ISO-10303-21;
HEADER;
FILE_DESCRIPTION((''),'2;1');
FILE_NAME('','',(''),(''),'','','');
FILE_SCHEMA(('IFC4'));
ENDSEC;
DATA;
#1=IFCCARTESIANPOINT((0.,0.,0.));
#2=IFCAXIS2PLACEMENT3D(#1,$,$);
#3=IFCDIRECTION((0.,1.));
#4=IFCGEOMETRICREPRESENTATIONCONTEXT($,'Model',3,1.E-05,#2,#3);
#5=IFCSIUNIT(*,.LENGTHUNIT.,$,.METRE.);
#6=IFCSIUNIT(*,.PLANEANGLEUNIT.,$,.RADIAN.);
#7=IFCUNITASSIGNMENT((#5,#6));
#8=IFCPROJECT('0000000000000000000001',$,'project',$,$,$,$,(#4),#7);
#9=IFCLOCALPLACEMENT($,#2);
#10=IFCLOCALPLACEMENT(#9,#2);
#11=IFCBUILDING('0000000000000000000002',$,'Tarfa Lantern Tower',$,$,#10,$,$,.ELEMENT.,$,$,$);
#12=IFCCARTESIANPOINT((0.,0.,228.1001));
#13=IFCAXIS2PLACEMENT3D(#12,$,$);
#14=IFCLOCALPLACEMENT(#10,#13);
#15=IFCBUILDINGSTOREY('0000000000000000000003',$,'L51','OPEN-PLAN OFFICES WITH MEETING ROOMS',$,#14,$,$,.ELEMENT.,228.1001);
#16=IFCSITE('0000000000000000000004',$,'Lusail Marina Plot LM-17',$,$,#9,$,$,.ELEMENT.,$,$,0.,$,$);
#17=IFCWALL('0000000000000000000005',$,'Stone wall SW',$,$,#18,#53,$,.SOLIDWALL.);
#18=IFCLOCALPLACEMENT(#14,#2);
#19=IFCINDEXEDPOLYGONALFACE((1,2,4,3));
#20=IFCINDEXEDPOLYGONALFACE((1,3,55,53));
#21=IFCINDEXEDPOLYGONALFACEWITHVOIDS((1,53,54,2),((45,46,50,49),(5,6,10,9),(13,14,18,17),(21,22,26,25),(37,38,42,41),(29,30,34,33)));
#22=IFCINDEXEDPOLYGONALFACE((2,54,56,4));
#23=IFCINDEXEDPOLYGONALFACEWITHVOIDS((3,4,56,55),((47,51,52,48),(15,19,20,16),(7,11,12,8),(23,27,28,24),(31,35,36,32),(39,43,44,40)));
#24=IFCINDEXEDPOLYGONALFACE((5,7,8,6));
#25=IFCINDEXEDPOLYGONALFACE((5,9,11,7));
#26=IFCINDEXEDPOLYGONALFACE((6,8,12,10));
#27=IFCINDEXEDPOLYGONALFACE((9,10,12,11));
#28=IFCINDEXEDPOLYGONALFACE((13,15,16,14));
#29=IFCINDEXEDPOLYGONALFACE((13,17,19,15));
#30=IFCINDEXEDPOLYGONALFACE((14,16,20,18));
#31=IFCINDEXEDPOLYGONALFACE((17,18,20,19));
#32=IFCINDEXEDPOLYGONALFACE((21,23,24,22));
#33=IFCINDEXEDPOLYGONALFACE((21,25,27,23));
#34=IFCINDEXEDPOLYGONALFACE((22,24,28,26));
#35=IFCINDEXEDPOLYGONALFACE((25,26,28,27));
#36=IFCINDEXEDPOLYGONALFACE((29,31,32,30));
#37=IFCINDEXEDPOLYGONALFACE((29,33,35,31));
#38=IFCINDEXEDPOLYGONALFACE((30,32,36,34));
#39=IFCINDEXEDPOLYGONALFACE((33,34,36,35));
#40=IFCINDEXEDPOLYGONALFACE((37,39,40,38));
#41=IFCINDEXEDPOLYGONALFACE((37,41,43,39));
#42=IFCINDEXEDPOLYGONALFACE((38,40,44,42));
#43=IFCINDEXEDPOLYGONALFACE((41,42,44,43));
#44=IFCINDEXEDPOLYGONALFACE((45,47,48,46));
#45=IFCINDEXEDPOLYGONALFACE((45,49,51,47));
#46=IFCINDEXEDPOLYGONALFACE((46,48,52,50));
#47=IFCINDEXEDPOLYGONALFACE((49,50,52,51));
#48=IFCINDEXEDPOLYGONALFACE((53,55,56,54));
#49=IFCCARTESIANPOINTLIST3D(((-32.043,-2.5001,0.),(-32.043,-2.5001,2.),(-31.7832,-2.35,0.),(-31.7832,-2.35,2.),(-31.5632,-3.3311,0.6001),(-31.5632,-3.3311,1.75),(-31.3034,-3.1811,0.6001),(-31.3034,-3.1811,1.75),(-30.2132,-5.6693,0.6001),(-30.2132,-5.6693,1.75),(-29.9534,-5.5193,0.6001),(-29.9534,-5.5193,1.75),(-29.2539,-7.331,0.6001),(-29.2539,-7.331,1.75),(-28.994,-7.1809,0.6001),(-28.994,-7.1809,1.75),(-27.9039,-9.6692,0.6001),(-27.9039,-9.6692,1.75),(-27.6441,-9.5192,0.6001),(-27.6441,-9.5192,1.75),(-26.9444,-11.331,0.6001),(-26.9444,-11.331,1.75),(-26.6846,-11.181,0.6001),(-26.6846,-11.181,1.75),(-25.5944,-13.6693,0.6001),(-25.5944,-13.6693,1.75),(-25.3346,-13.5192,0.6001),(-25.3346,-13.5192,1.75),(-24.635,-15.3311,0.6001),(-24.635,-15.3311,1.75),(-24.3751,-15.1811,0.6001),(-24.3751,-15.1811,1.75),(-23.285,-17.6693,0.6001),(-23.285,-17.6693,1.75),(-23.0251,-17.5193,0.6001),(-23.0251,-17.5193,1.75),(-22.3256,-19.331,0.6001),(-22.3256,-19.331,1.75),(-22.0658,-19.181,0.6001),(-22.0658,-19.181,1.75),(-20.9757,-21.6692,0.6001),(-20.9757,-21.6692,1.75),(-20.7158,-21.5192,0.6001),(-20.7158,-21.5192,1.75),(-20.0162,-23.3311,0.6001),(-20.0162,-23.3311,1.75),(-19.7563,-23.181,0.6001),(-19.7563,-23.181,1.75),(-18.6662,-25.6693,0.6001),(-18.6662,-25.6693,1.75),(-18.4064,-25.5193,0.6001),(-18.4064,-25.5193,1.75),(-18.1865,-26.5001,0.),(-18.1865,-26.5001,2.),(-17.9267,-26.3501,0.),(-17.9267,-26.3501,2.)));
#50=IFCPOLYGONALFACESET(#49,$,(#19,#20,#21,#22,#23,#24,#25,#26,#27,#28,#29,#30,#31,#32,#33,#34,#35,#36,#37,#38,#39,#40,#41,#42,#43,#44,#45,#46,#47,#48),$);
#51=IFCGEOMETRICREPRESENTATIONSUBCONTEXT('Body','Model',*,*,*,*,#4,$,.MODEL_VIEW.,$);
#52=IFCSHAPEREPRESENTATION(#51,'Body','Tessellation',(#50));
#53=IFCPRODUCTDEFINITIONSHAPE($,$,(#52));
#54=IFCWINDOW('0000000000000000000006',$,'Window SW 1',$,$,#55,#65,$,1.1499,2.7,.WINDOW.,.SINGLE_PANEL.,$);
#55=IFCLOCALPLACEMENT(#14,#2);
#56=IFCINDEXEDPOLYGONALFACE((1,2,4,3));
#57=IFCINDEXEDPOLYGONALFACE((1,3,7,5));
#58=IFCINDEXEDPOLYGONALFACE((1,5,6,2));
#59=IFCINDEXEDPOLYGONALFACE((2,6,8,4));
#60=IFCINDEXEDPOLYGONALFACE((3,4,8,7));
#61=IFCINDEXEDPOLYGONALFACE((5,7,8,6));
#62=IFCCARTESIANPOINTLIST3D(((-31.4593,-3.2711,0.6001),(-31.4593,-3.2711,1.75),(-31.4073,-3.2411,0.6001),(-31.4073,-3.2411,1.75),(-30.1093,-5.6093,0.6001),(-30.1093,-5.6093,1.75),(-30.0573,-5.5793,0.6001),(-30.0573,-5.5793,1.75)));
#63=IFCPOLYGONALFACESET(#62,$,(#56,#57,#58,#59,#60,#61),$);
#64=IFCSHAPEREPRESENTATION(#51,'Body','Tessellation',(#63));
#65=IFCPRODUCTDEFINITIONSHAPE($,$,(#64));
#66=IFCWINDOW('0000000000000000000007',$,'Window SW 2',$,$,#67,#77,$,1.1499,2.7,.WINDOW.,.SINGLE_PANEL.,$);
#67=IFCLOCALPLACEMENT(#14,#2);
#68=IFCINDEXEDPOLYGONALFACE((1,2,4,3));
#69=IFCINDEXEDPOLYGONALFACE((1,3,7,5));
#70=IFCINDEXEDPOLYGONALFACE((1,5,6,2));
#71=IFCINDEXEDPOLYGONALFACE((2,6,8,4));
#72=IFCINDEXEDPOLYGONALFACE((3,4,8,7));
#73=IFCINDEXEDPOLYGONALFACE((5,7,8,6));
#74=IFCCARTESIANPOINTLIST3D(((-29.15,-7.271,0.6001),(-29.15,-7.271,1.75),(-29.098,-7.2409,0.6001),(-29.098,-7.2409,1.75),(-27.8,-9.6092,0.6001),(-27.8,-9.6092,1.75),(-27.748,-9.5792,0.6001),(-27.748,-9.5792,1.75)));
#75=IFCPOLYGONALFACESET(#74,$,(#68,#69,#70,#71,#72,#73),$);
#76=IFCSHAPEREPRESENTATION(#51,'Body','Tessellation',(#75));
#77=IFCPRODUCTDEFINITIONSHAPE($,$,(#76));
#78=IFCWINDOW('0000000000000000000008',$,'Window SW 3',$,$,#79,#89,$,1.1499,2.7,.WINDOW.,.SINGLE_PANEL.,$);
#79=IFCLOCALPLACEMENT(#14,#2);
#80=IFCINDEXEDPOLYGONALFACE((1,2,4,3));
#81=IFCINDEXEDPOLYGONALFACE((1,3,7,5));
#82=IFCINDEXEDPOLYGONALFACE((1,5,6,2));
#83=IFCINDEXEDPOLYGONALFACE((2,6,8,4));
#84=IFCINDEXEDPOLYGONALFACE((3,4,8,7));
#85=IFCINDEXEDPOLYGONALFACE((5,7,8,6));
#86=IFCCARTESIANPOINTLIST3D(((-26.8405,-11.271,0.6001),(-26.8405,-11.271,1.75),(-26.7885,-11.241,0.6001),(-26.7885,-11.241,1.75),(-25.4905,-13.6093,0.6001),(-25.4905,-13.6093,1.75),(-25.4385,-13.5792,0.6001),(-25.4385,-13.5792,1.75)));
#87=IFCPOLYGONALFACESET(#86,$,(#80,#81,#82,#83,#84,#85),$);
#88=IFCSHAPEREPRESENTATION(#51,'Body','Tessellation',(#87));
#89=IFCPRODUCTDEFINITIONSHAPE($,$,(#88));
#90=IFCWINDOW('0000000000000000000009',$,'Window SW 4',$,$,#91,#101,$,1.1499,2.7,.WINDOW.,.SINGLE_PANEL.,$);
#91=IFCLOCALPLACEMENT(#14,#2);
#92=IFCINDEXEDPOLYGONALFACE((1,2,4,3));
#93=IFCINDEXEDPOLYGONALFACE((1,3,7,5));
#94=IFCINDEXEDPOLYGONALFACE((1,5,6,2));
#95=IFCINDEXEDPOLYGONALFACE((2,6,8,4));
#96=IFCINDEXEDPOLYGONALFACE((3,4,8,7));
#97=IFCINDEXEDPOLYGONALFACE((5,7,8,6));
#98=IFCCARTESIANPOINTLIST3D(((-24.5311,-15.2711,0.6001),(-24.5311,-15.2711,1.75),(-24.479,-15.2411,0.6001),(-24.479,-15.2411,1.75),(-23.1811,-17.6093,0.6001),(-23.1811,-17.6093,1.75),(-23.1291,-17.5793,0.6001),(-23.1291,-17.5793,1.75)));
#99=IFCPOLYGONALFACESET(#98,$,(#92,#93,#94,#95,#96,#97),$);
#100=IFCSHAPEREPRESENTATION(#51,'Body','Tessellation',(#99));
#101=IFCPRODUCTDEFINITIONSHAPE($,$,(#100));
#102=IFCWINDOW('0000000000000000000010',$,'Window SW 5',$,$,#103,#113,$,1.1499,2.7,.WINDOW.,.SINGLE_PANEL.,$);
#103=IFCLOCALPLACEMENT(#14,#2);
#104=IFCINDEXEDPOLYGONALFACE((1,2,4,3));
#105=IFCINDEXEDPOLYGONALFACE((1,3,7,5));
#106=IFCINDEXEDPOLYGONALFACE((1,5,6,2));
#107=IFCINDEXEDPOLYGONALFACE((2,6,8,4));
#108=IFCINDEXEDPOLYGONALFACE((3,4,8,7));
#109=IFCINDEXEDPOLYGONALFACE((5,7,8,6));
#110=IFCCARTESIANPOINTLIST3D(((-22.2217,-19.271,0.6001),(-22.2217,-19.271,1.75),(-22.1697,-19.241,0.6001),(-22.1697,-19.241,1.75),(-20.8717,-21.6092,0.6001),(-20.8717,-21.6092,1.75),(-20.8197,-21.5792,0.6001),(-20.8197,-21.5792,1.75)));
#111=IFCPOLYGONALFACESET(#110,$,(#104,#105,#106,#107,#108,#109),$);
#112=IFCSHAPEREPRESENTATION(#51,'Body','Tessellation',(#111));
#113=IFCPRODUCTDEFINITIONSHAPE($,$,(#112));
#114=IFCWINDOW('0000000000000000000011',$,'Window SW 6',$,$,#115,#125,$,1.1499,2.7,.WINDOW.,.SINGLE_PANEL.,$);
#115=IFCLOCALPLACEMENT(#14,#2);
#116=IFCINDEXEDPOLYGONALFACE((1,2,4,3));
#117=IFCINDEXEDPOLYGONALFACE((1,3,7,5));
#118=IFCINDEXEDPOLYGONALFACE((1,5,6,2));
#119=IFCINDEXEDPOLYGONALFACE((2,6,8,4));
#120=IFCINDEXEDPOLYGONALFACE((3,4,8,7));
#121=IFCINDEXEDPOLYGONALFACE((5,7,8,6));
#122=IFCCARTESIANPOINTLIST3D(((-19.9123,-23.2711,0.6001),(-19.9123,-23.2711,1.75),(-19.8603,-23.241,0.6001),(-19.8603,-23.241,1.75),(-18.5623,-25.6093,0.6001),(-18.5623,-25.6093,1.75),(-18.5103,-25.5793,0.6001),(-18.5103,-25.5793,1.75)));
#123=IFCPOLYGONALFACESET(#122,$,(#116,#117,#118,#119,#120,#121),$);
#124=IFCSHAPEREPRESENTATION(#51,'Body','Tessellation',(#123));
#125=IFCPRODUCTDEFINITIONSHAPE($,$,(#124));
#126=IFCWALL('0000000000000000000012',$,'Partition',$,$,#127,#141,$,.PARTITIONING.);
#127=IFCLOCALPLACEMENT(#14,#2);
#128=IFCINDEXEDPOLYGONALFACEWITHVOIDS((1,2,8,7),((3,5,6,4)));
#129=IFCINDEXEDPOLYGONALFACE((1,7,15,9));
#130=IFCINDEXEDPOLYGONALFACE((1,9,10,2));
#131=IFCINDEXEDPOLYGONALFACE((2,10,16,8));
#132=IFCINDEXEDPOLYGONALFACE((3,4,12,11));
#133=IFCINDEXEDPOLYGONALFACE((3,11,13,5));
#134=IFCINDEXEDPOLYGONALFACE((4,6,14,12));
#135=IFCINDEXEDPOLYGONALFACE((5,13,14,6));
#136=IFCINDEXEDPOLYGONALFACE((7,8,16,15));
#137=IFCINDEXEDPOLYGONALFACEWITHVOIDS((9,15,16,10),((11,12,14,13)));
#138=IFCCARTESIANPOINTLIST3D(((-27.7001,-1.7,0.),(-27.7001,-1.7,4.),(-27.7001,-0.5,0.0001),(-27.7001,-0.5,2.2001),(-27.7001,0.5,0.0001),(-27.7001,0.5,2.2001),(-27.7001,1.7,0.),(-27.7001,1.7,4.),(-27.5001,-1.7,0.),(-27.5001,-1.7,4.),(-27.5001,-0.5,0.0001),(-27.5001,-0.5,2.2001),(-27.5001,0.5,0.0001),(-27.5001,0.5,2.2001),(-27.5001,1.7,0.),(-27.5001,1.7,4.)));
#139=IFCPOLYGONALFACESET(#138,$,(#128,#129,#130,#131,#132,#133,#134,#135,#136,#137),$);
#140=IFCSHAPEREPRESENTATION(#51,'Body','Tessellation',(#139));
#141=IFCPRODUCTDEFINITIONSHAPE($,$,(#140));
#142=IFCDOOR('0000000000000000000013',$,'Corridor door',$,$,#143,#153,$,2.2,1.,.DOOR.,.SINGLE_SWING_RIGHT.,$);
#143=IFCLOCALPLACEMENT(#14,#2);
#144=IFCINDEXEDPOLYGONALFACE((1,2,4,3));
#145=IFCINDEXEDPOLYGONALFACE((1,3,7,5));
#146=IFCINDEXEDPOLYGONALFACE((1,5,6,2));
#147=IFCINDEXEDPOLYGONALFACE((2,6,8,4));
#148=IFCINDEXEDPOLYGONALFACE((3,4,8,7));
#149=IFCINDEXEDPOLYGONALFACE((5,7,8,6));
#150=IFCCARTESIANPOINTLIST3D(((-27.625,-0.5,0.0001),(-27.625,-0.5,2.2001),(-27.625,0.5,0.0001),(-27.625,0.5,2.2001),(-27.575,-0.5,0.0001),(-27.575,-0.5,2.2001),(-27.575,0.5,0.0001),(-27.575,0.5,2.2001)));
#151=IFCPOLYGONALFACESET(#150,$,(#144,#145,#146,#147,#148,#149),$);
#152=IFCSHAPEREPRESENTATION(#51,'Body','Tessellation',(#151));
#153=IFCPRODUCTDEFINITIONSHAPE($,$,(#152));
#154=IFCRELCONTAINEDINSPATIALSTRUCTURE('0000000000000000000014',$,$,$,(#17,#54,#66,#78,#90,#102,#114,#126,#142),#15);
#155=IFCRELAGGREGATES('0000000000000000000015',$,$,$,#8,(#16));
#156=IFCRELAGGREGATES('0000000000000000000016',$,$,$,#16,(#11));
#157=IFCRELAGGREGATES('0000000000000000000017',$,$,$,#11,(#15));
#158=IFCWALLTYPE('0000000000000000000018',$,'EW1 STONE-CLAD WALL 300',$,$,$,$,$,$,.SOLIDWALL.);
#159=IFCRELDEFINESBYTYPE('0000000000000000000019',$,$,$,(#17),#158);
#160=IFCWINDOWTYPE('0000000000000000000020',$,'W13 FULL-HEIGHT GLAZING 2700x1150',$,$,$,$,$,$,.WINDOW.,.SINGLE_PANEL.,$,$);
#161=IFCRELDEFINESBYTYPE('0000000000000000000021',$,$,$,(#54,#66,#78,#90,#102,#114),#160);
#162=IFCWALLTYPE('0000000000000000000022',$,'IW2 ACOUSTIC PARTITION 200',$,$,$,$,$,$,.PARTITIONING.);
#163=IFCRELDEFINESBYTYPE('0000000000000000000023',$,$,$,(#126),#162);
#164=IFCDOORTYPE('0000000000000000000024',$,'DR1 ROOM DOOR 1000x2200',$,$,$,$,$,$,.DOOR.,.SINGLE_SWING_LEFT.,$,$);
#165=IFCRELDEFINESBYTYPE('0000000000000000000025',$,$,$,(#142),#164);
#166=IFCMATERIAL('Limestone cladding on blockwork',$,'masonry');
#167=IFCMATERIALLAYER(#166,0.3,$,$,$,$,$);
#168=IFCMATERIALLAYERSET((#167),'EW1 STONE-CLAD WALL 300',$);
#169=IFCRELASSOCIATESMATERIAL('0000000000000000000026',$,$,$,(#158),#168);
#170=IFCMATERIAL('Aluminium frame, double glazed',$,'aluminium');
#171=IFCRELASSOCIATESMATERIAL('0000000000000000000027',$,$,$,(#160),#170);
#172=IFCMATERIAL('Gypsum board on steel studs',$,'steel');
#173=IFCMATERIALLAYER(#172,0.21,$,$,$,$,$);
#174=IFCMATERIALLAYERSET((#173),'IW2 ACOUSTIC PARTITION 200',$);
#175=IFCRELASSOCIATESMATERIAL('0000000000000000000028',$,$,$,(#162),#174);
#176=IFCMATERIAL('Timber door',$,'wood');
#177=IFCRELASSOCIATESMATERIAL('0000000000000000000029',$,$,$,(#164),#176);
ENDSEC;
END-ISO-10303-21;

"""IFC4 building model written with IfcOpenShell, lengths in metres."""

from ifc_helpers import new_model, si_unit, direction, frame, frame_2d, origin, place, context, subcontext, project, spatial, rectangle, extrude, material, layer, layer_set, type_object, element, fill, save


model = new_model("IFC4")

# Units and contexts
model_context = context("Model", 3, precision=1e-05, world=origin(), true_north=direction((0.0, 1.0)))
body_context = subcontext(model_context, "Body", "Model", "MODEL_VIEW")
ifc_project = project(units=[si_unit("LENGTHUNIT", "METRE"), si_unit("PLANEANGLEUNIT", "RADIAN")], contexts=[model_context])

# Site, building, storey
site_placement = place(None, origin())
site = spatial("IfcSite", under=ifc_project, at=site_placement, Name="Lusail Marina Plot LM-17", CompositionType="ELEMENT", RefElevation=0.0)
building_placement = place(site_placement, origin())
building = spatial("IfcBuilding", under=site, at=building_placement, Name="Tarfa Lantern Tower", CompositionType="ELEMENT")
storey_placement = place(building_placement, frame((0.0, 0.0, 228.1001)))
storey = spatial("IfcBuildingStorey", under=building, at=storey_placement, Name="L51", Description="OPEN-PLAN OFFICES WITH MEETING ROOMS", CompositionType="ELEMENT", Elevation=228.1001)

# Wall, openings, windows
ifc_material_1 = material(Name="Limestone cladding on blockwork", Category="masonry")
ifc_layer_1 = layer(ifc_material_1, 0.3)
ifc_layer_set_1 = layer_set([ifc_layer_1], Name="EW1 STONE-CLAD WALL 300")
wall_type_1 = type_object("IfcWallType", Name="EW1 STONE-CLAD WALL 300", PredefinedType="SOLIDWALL", material=ifc_layer_set_1)
wall_1_placement = place(storey_placement, frame((-31.9131, -2.425, 0.0), z_axis=(0.0, 0.0, 1.0), x_axis=(0.500001, -0.866025, 0.0)))
wall_1 = element("IfcWall", 1, at=wall_1_placement, inside=storey, type_object=wall_type_1, Name="Stone wall SW", PredefinedType="SOLIDWALL", context=body_context, shape_type="SweptSolid", body=[
    extrude(rectangle(XDim=27.7129, YDim=0.3, at=frame_2d((13.8564, 0.0))), origin(), (0.0, 0.0, 1.0), 2.0),
])
opening_1_placement = place(wall_1_placement, frame((0.9595, 0.0, 0.6001)))
opening_1 = element("IfcOpeningElement", 2, at=opening_1_placement, cuts=wall_1, PredefinedType="OPENING", context=body_context, shape_type="SweptSolid", body=[
    extrude(rectangle(XDim=2.7, YDim=1.1499, at=frame_2d((1.3501, 0.575))), frame((0.0, 0.1599, 0.0), z_axis=(0.0, -1.0, 0.0), x_axis=(1.0, 0.0, 0.0)), (0.0, 0.0, 1.0), 0.3201),
])
opening_2_placement = place(wall_1_placement, frame((5.5781, 0.0, 0.6001)))
opening_2 = element("IfcOpeningElement", 3, at=opening_2_placement, cuts=wall_1, PredefinedType="OPENING", context=body_context, shape_type="SweptSolid", body=[
    extrude(rectangle(XDim=2.7, YDim=1.1499, at=frame_2d((1.3501, 0.575))), frame((0.0, 0.1599, 0.0), z_axis=(0.0, -1.0, 0.0), x_axis=(1.0, 0.0, 0.0)), (0.0, 0.0, 1.0), 0.3201),
])
opening_3_placement = place(wall_1_placement, frame((10.197, 0.0, 0.6001)))
opening_3 = element("IfcOpeningElement", 4, at=opening_3_placement, cuts=wall_1, PredefinedType="OPENING", context=body_context, shape_type="SweptSolid", body=[
    extrude(rectangle(XDim=2.7, YDim=1.1499, at=frame_2d((1.3501, 0.575))), frame((0.0, 0.1599, 0.0), z_axis=(0.0, -1.0, 0.0), x_axis=(1.0, 0.0, 0.0)), (0.0, 0.0, 1.0), 0.3201),
])
opening_4_placement = place(wall_1_placement, frame((14.8159, 0.0, 0.6001)))
opening_4 = element("IfcOpeningElement", 5, at=opening_4_placement, cuts=wall_1, PredefinedType="OPENING", context=body_context, shape_type="SweptSolid", body=[
    extrude(rectangle(XDim=2.7, YDim=1.1499, at=frame_2d((1.3501, 0.575))), frame((0.0, 0.1599, 0.0), z_axis=(0.0, -1.0, 0.0), x_axis=(1.0, 0.0, 0.0)), (0.0, 0.0, 1.0), 0.3201),
])
opening_5_placement = place(wall_1_placement, frame((19.4346, 0.0, 0.6001)))
opening_5 = element("IfcOpeningElement", 6, at=opening_5_placement, cuts=wall_1, PredefinedType="OPENING", context=body_context, shape_type="SweptSolid", body=[
    extrude(rectangle(XDim=2.7, YDim=1.1499, at=frame_2d((1.3501, 0.575))), frame((0.0, 0.1599, 0.0), z_axis=(0.0, -1.0, 0.0), x_axis=(1.0, 0.0, 0.0)), (0.0, 0.0, 1.0), 0.3201),
])
opening_6_placement = place(wall_1_placement, frame((24.0535, 0.0, 0.6001)))
opening_6 = element("IfcOpeningElement", 7, at=opening_6_placement, cuts=wall_1, PredefinedType="OPENING", context=body_context, shape_type="SweptSolid", body=[
    extrude(rectangle(XDim=2.7, YDim=1.1499, at=frame_2d((1.3501, 0.575))), frame((0.0, 0.1599, 0.0), z_axis=(0.0, -1.0, 0.0), x_axis=(1.0, 0.0, 0.0)), (0.0, 0.0, 1.0), 0.3201),
])
ifc_material_2 = material(Name="Aluminium frame, double glazed", Category="aluminium")
window_type = type_object("IfcWindowType", Name="W13 FULL-HEIGHT GLAZING 2700x1150", PartitioningType="SINGLE_PANEL", PredefinedType="WINDOW", material=ifc_material_2)
window_1_placement = place(opening_1_placement, origin())
window_1 = element("IfcWindow", 8, at=window_1_placement, inside=storey, type_object=window_type, Name="Window SW 1", OverallHeight=1.1499, OverallWidth=2.7, PartitioningType="SINGLE_PANEL", PredefinedType="WINDOW", context=body_context, shape_type="SweptSolid", body=[
    extrude(rectangle(XDim=2.7, YDim=1.1499, at=frame_2d((1.3501, 0.575))), frame((0.0, 0.03, 0.0), z_axis=(0.0, -1.0, 0.0), x_axis=(1.0, 0.0, 0.0)), (0.0, 0.0, 1.0), 0.0601),
])
fill(opening_1, window_1)
window_2_placement = place(opening_2_placement, origin())
window_2 = element("IfcWindow", 9, at=window_2_placement, inside=storey, type_object=window_type, Name="Window SW 2", OverallHeight=1.1499, OverallWidth=2.7, PartitioningType="SINGLE_PANEL", PredefinedType="WINDOW", context=body_context, shape_type="SweptSolid", body=[
    extrude(rectangle(XDim=2.7, YDim=1.1499, at=frame_2d((1.3501, 0.575))), frame((0.0, 0.03, 0.0), z_axis=(0.0, -1.0, 0.0), x_axis=(1.0, 0.0, 0.0)), (0.0, 0.0, 1.0), 0.0601),
])
fill(opening_2, window_2)
window_3_placement = place(opening_3_placement, origin())
window_3 = element("IfcWindow", 10, at=window_3_placement, inside=storey, type_object=window_type, Name="Window SW 3", OverallHeight=1.1499, OverallWidth=2.7, PartitioningType="SINGLE_PANEL", PredefinedType="WINDOW", context=body_context, shape_type="SweptSolid", body=[
    extrude(rectangle(XDim=2.7, YDim=1.1499, at=frame_2d((1.3501, 0.575))), frame((0.0, 0.03, 0.0), z_axis=(0.0, -1.0, 0.0), x_axis=(1.0, 0.0, 0.0)), (0.0, 0.0, 1.0), 0.0601),
])
fill(opening_3, window_3)
window_4_placement = place(opening_4_placement, origin())
window_4 = element("IfcWindow", 11, at=window_4_placement, inside=storey, type_object=window_type, Name="Window SW 4", OverallHeight=1.1499, OverallWidth=2.7, PartitioningType="SINGLE_PANEL", PredefinedType="WINDOW", context=body_context, shape_type="SweptSolid", body=[
    extrude(rectangle(XDim=2.7, YDim=1.1499, at=frame_2d((1.3501, 0.575))), frame((0.0, 0.03, 0.0), z_axis=(0.0, -1.0, 0.0), x_axis=(1.0, 0.0, 0.0)), (0.0, 0.0, 1.0), 0.0601),
])
fill(opening_4, window_4)
window_5_placement = place(opening_5_placement, origin())
window_5 = element("IfcWindow", 12, at=window_5_placement, inside=storey, type_object=window_type, Name="Window SW 5", OverallHeight=1.1499, OverallWidth=2.7, PartitioningType="SINGLE_PANEL", PredefinedType="WINDOW", context=body_context, shape_type="SweptSolid", body=[
    extrude(rectangle(XDim=2.7, YDim=1.1499, at=frame_2d((1.3501, 0.575))), frame((0.0, 0.03, 0.0), z_axis=(0.0, -1.0, 0.0), x_axis=(1.0, 0.0, 0.0)), (0.0, 0.0, 1.0), 0.0601),
])
fill(opening_5, window_5)
window_6_placement = place(opening_6_placement, origin())
window_6 = element("IfcWindow", 13, at=window_6_placement, inside=storey, type_object=window_type, Name="Window SW 6", OverallHeight=1.1499, OverallWidth=2.7, PartitioningType="SINGLE_PANEL", PredefinedType="WINDOW", context=body_context, shape_type="SweptSolid", body=[
    extrude(rectangle(XDim=2.7, YDim=1.1499, at=frame_2d((1.3501, 0.575))), frame((0.0, 0.03, 0.0), z_axis=(0.0, -1.0, 0.0), x_axis=(1.0, 0.0, 0.0)), (0.0, 0.0, 1.0), 0.0601),
])
fill(opening_6, window_6)

# Wall, opening, door
ifc_material_3 = material(Name="Gypsum board on steel studs", Category="steel")
ifc_layer_2 = layer(ifc_material_3, 0.21)
ifc_layer_set_2 = layer_set([ifc_layer_2], Name="IW2 ACOUSTIC PARTITION 200")
wall_type_2 = type_object("IfcWallType", Name="IW2 ACOUSTIC PARTITION 200", PredefinedType="PARTITIONING", material=ifc_layer_set_2)
wall_2_placement = place(storey_placement, frame((-27.6001, -1.7, 0.0), z_axis=(0.0, 0.0, 1.0), x_axis=(0.0, 1.0, 0.0)))
wall_2 = element("IfcWall", 14, at=wall_2_placement, inside=storey, type_object=wall_type_2, Name="Partition", PredefinedType="PARTITIONING", context=body_context, shape_type="SweptSolid", body=[
    extrude(rectangle(XDim=3.3999, YDim=0.2, at=frame_2d((1.7, 0.0))), origin(), (0.0, 0.0, 1.0), 4.0),
])
opening_7_placement = place(wall_2_placement, frame((1.2, 0.0, 0.0)))
opening_7 = element("IfcOpeningElement", 15, at=opening_7_placement, cuts=wall_2, PredefinedType="OPENING", context=body_context, shape_type="SweptSolid", body=[
    extrude(rectangle(XDim=1.0, YDim=2.2, at=frame_2d((0.5, 1.1001))), frame((0.0, 0.1099, 0.0), z_axis=(0.0, -1.0, 0.0), x_axis=(1.0, 0.0, 0.0)), (0.0, 0.0, 1.0), 0.22),
])
ifc_material_4 = material(Name="Timber door", Category="wood")
door_type = type_object("IfcDoorType", Name="DR1 ROOM DOOR 1000x2200", OperationType="SINGLE_SWING_LEFT", PredefinedType="DOOR", material=ifc_material_4)
door_placement = place(opening_7_placement, origin())
door = element("IfcDoor", 16, at=door_placement, inside=storey, type_object=door_type, Name="Corridor door", OperationType="SINGLE_SWING_RIGHT", OverallHeight=2.2, OverallWidth=1.0, PredefinedType="DOOR", context=body_context, shape_type="SweptSolid", body=[
    extrude(rectangle(XDim=1.0, YDim=2.2, at=frame_2d((0.5, 1.1001))), frame((0.0, 0.0249, 0.0), z_axis=(0.0, -1.0, 0.0), x_axis=(1.0, 0.0, 0.0)), (0.0, 0.0, 1.0), 0.05),
])
fill(opening_7, door)

save(model, "model.ifc")
